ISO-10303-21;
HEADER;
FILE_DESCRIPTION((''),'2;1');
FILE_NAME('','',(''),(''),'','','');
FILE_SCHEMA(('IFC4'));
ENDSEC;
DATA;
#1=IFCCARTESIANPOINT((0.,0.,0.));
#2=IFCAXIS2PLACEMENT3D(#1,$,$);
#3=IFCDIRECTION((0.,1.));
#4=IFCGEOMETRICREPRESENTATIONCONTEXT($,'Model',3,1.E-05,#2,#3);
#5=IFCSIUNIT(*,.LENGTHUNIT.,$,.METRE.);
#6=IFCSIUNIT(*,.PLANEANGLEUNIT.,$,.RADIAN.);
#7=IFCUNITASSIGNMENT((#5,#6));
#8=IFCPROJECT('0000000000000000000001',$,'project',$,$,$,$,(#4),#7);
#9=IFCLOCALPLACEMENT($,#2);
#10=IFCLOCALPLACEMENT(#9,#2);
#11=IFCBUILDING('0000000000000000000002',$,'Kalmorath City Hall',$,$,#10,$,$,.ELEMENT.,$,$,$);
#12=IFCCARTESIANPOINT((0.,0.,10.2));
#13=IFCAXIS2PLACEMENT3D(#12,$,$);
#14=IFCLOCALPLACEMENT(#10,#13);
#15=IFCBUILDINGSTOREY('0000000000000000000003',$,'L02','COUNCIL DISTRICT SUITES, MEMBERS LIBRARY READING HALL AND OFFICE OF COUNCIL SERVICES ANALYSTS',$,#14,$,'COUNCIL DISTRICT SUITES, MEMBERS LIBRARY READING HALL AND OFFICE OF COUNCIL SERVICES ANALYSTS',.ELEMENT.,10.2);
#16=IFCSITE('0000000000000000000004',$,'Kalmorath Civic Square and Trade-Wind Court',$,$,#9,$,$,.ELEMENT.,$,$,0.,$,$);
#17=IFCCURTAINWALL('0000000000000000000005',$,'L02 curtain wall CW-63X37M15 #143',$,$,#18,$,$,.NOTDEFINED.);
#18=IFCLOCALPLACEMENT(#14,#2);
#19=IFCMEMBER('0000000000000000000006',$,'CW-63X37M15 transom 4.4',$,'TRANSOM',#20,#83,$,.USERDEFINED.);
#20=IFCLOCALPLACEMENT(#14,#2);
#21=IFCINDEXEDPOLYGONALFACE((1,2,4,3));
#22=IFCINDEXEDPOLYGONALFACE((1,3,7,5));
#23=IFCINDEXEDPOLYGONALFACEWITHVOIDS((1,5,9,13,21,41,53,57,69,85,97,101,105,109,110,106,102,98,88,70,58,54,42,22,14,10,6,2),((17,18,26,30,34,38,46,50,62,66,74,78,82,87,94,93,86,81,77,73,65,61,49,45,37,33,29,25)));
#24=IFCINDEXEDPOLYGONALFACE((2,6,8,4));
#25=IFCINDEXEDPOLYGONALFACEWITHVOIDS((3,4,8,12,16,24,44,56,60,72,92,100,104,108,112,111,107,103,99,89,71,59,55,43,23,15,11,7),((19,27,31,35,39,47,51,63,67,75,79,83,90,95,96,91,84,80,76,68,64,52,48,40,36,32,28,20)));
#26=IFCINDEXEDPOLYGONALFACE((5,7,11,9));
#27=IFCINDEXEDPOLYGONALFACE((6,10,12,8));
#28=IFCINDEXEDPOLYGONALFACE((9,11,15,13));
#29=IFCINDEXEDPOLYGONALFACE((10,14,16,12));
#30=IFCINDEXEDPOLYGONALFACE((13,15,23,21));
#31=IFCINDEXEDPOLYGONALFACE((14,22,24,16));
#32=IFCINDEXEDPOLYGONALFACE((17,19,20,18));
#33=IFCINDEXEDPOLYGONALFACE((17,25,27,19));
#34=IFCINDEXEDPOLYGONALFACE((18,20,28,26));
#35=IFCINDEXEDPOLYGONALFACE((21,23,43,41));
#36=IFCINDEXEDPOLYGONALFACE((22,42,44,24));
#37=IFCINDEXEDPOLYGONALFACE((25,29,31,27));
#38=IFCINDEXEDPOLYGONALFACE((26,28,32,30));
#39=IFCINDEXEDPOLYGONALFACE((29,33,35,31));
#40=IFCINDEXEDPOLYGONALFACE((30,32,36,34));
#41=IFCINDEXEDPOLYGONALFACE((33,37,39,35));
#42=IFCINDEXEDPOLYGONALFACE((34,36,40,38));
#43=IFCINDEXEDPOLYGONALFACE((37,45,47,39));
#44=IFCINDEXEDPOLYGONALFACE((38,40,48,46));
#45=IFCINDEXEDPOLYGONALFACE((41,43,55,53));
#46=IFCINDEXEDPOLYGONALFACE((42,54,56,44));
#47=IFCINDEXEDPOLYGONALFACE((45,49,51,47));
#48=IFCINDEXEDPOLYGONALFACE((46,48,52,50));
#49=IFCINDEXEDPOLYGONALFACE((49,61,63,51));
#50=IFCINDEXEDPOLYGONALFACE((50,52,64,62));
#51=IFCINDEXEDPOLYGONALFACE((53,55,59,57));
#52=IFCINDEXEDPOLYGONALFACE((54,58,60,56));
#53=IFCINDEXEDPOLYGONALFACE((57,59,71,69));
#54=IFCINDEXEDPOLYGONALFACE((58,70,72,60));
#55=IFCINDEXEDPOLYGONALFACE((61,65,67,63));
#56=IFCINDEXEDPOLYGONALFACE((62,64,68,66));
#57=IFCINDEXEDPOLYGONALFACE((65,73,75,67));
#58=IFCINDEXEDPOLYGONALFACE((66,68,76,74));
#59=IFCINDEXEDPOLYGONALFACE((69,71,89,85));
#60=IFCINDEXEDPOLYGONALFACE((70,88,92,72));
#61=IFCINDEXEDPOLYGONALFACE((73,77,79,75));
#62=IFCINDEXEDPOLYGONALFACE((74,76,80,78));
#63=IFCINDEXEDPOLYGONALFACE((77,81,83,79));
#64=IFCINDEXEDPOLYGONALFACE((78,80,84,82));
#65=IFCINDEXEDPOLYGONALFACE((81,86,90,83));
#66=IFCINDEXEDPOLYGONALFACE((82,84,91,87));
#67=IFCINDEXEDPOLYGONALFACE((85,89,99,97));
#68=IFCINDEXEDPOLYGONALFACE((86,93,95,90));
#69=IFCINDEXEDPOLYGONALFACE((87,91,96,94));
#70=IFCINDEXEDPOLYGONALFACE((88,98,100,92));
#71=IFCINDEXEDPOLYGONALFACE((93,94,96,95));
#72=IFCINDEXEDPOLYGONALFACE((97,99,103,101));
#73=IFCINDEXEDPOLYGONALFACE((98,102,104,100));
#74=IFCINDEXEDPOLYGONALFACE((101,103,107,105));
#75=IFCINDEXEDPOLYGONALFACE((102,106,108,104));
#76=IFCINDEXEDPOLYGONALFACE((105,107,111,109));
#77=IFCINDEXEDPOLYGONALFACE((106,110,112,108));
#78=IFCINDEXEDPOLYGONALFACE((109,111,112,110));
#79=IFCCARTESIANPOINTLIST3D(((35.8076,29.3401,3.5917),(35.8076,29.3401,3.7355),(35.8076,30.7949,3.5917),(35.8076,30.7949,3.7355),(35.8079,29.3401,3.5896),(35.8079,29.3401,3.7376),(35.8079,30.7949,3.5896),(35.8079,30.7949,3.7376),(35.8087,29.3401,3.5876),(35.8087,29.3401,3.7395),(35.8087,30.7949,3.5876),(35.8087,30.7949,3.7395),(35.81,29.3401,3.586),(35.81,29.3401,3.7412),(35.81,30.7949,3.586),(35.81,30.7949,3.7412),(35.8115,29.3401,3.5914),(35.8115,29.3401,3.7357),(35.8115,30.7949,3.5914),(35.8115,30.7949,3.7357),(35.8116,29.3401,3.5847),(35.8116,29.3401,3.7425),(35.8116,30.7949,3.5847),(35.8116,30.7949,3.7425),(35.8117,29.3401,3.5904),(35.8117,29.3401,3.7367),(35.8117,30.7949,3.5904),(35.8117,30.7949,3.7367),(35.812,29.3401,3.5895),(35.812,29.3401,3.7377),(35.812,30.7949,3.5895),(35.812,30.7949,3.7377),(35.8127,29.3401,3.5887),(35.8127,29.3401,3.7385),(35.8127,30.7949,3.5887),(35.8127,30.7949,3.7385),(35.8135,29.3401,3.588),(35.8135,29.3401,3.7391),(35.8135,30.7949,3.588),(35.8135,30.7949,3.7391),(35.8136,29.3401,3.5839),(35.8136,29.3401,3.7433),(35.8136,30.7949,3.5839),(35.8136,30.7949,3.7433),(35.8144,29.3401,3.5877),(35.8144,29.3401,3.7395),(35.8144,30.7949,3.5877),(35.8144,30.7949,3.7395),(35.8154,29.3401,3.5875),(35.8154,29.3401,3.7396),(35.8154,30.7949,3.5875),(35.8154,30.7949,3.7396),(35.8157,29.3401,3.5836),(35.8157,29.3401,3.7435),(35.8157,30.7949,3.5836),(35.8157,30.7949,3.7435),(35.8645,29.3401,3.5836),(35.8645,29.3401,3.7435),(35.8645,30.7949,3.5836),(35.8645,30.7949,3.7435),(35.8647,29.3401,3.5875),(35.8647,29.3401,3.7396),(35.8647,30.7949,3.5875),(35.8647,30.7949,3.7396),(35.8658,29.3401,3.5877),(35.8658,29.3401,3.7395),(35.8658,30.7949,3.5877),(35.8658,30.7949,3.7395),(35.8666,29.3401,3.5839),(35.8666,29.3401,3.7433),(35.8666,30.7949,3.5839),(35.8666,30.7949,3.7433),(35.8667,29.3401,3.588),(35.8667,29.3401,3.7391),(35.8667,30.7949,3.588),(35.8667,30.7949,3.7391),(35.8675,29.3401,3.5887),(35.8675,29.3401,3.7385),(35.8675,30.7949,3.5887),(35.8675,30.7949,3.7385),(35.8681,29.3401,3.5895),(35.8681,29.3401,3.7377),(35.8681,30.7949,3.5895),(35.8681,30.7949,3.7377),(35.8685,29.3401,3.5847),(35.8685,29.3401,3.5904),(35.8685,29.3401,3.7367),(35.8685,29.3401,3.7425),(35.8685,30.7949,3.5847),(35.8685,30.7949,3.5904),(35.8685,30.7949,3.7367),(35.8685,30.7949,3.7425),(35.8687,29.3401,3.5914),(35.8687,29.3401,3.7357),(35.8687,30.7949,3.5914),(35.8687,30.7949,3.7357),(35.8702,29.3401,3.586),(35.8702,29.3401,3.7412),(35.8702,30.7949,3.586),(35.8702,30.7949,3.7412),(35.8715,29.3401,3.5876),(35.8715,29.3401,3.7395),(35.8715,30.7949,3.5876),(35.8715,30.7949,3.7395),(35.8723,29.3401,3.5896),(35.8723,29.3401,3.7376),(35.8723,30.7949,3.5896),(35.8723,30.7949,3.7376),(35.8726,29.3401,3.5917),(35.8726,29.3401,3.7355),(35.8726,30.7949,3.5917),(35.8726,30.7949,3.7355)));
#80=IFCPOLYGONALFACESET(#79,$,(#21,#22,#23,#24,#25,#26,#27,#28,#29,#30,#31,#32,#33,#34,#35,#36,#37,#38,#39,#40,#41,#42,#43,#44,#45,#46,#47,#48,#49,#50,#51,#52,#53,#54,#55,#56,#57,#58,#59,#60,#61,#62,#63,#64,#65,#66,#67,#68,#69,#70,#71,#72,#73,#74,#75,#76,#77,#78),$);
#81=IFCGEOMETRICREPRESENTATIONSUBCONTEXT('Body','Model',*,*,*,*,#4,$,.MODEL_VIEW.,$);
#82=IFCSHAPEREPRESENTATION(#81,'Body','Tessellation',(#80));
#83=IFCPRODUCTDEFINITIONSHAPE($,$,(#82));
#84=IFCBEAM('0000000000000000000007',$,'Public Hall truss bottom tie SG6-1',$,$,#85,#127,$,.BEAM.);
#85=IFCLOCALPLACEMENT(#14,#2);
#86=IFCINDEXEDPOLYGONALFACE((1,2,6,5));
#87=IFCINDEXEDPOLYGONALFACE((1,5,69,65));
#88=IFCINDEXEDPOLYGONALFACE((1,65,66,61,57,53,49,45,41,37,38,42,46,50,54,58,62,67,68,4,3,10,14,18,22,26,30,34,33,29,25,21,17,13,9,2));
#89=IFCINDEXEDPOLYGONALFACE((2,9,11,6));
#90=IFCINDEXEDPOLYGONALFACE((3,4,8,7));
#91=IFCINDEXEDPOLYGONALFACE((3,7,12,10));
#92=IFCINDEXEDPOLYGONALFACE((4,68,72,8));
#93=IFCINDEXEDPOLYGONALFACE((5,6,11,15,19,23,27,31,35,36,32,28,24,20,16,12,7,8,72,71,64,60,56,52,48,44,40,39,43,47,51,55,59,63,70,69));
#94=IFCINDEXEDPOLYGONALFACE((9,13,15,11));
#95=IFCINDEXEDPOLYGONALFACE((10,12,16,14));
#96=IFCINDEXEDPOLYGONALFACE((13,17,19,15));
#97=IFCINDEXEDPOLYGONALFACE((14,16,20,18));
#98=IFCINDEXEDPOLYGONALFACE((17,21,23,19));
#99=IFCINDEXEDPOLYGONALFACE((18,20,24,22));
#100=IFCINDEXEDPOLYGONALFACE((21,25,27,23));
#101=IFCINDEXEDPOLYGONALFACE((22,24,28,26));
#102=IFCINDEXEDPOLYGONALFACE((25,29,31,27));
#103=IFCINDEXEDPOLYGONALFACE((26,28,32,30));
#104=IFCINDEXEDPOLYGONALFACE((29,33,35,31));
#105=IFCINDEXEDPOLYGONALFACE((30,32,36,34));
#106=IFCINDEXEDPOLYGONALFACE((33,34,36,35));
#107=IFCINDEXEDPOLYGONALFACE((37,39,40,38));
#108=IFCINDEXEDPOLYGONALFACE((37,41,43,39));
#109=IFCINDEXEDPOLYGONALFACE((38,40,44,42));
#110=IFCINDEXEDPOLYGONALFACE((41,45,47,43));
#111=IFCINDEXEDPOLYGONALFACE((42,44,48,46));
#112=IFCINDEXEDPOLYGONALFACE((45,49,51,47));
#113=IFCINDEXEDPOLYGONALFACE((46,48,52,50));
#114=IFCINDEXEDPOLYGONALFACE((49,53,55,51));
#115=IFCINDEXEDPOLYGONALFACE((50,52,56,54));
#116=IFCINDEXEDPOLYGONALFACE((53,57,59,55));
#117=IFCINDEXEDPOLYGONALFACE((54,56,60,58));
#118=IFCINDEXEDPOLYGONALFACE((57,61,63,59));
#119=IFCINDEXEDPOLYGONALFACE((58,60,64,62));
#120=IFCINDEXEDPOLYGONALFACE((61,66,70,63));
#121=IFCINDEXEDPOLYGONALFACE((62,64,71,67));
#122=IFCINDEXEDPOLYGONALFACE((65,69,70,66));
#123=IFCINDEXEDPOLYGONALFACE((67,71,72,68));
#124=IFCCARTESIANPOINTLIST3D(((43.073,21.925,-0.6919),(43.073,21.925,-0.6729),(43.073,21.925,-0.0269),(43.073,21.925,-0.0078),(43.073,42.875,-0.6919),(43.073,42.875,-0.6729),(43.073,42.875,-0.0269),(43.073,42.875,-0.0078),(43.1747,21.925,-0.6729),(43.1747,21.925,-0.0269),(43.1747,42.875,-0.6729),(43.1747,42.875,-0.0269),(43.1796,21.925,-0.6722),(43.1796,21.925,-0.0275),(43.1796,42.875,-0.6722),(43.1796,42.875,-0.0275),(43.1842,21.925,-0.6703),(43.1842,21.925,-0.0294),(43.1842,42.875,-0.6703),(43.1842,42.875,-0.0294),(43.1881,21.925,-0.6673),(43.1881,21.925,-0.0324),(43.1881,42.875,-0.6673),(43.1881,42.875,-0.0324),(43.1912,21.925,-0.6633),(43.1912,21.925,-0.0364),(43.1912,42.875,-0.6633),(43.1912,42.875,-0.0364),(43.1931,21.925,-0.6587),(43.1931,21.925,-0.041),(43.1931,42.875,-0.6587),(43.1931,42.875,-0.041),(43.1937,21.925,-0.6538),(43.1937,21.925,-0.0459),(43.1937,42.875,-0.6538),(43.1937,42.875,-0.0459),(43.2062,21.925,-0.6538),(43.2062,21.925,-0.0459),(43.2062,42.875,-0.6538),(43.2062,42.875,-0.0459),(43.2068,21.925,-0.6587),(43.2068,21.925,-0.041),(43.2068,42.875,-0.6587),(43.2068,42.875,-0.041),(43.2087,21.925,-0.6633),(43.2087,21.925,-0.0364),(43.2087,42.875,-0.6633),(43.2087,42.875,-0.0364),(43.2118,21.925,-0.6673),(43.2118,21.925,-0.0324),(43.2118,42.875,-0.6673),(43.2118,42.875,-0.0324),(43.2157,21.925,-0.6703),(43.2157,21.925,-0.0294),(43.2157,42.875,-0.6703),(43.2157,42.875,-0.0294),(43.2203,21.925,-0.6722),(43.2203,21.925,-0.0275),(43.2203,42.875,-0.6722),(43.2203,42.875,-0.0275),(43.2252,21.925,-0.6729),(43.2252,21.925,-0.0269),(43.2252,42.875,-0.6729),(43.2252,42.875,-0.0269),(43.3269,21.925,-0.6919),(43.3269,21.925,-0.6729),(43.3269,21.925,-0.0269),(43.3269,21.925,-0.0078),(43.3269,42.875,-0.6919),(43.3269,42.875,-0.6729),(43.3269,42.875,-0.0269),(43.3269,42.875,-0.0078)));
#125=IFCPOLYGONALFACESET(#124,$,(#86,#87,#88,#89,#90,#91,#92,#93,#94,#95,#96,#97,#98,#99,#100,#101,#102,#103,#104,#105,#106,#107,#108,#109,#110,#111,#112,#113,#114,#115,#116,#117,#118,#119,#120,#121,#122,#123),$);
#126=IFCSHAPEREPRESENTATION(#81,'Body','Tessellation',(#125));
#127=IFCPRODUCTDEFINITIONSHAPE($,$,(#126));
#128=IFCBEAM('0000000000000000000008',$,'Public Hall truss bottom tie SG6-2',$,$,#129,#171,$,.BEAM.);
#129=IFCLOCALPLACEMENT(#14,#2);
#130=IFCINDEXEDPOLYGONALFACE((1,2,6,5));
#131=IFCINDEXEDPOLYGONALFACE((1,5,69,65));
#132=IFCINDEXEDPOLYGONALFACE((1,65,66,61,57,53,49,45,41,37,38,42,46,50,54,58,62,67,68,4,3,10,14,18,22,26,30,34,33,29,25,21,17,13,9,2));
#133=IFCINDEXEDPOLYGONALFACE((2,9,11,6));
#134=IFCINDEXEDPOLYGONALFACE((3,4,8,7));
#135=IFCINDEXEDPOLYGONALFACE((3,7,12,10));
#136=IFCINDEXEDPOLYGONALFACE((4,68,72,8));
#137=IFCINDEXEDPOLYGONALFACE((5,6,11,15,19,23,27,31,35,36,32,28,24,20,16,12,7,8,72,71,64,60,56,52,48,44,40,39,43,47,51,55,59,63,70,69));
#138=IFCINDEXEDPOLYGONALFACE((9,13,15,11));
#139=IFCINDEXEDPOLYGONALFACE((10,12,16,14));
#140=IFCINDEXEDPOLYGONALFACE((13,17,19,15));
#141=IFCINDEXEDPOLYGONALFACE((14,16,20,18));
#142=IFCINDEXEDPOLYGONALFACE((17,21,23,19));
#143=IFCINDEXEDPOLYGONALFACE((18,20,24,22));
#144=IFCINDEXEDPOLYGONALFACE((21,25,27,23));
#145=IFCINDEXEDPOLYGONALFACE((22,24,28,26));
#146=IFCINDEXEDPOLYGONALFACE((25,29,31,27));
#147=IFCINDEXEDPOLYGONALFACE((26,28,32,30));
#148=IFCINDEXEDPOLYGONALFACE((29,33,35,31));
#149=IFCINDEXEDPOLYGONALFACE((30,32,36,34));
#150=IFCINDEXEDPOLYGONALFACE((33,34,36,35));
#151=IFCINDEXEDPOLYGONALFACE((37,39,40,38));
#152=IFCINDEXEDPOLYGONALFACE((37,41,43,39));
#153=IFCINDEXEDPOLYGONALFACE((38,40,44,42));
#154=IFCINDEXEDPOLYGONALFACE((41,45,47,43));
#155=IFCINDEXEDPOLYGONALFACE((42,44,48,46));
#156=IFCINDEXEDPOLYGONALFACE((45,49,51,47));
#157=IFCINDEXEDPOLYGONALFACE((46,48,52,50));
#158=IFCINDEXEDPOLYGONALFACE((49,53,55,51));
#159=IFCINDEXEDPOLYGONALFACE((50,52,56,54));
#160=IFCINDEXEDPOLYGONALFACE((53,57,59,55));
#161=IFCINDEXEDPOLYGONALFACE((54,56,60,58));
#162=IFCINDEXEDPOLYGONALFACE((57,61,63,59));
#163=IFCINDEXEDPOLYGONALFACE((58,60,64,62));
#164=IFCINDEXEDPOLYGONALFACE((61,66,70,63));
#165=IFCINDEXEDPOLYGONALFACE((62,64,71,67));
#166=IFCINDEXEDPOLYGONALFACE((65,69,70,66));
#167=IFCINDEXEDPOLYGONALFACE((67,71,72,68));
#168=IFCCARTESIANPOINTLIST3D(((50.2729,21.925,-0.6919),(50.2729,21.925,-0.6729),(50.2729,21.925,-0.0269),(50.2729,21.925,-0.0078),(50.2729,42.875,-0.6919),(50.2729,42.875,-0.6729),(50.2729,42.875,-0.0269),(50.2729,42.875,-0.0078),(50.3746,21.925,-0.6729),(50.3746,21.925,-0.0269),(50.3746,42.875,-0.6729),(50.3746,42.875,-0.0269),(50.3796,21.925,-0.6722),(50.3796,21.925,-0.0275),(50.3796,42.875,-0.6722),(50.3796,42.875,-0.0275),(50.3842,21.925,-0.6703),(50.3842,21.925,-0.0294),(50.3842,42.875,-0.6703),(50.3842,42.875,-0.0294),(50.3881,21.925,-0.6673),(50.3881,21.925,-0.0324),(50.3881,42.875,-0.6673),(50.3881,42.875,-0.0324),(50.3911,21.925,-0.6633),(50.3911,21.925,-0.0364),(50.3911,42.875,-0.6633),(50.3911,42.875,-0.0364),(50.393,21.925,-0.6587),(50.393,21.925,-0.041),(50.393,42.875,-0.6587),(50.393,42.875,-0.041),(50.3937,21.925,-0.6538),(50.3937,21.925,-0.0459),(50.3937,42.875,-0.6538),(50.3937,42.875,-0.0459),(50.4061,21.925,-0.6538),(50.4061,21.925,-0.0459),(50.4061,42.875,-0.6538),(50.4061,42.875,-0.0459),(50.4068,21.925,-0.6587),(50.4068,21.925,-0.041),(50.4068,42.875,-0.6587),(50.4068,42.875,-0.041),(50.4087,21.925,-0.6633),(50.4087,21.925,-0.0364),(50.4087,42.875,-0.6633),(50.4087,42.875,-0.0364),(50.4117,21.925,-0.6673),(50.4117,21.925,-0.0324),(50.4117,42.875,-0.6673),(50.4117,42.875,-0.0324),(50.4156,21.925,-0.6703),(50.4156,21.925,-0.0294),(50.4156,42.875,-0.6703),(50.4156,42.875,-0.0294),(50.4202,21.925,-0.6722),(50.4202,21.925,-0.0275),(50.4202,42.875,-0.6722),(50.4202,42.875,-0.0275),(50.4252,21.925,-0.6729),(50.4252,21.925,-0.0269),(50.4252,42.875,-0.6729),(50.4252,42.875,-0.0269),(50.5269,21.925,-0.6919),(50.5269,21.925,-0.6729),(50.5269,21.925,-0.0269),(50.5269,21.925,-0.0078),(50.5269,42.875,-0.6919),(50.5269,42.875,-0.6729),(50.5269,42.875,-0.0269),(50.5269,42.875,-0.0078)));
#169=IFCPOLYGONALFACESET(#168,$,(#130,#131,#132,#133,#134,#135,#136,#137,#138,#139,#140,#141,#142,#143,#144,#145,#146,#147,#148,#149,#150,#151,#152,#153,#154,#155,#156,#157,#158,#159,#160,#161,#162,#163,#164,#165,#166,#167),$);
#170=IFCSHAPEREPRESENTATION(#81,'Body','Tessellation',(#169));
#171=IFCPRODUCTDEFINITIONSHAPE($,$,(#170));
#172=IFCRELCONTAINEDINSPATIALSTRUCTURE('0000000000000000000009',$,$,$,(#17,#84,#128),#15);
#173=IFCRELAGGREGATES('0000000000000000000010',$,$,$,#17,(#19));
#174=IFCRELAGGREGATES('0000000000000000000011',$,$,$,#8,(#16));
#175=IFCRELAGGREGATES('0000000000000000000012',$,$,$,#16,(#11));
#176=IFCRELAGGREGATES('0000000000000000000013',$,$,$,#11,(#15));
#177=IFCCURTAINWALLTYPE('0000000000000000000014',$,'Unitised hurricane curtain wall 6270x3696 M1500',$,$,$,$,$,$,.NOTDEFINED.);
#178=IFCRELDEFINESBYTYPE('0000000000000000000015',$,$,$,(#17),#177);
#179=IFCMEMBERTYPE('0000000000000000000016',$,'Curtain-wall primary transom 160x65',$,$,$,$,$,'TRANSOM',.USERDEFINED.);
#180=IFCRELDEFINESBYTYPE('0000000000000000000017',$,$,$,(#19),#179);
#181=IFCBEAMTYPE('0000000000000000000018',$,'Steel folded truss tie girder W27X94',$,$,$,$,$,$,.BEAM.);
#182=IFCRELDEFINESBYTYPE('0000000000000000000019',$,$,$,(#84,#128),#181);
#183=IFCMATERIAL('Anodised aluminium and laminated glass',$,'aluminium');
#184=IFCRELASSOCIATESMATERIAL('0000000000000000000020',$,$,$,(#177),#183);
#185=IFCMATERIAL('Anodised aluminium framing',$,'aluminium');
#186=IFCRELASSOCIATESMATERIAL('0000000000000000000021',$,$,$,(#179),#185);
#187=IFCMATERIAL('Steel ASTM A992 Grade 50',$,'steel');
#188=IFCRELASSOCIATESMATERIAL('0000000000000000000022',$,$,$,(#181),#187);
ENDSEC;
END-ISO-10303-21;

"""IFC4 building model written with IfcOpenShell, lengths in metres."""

from ifc_helpers import new_model, si_unit, direction, frame, origin, origin_2d, place, context, subcontext, project, spatial, hollow_rectangle, i_section, extrude, material, material_profile, profile_set, type_object, element, aggregate, save


model = new_model("IFC4")

# Units and contexts
model_context = context("Model", 3, precision=1e-05, world=origin(), true_north=direction((0.0, 1.0)))
body_context = subcontext(model_context, "Body", "Model", "MODEL_VIEW")
ifc_project = project(units=[si_unit("LENGTHUNIT", "METRE"), si_unit("PLANEANGLEUNIT", "RADIAN")], contexts=[model_context])

# Site, building, storey
site_placement = place(None, origin())
site = spatial("IfcSite", under=ifc_project, at=site_placement, Name="Kalmorath Civic Square and Trade-Wind Court", CompositionType="ELEMENT", RefElevation=0.0)
building_placement = place(site_placement, origin())
building = spatial("IfcBuilding", under=site, at=building_placement, Name="Kalmorath City Hall", CompositionType="ELEMENT")
storey_placement = place(building_placement, frame((0.0, 0.0, 10.2)))
storey = spatial("IfcBuildingStorey", under=building, at=storey_placement, Name="L02", Description="COUNCIL DISTRICT SUITES, MEMBERS LIBRARY READING HALL AND OFFICE OF COUNCIL SERVICES ANALYSTS", LongName="COUNCIL DISTRICT SUITES, MEMBERS LIBRARY READING HALL AND OFFICE OF COUNCIL SERVICES ANALYSTS", CompositionType="ELEMENT", Elevation=10.2)

# Curtain wall
ifc_material_1 = material(Name="Anodised aluminium and laminated glass", Category="aluminium")
curtain_wall_type_1 = type_object("IfcCurtainWallType", Name="Unitised hurricane curtain wall 6270x3696 M1500", PredefinedType="NOTDEFINED", material=ifc_material_1)
curtain_wall_1_placement = place(storey_placement, origin())
curtain_wall_1 = element("IfcCurtainWall", 1, at=curtain_wall_1_placement, inside=storey, type_object=curtain_wall_type_1, Name="L02 curtain wall CW-63X37M15 #143", PredefinedType="NOTDEFINED")

# Member
ifc_material_2 = material(Name="Anodised aluminium framing", Category="aluminium")
ifc_material_profile_1 = material_profile(ifc_material_2, hollow_rectangle(XDim=0.0649, YDim=0.1599, WallThickness=0.0039, InnerFilletRadius=0.0039, OuterFilletRadius=0.0081, at=origin_2d()), Name="ALU-TRN-160X65X4")
ifc_profile_set_1 = profile_set([ifc_material_profile_1], Name="Anodised aluminium framing")
member_type_1 = type_object("IfcMemberType", Name="Curtain-wall primary transom 160x65", ElementType="TRANSOM", PredefinedType="USERDEFINED", material=ifc_profile_set_1)
member_1_placement = place(storey_placement, frame((35.8401, 30.7949, 3.6636), z_axis=(0.0, -1.0, 0.0), x_axis=(1.0, 0.0, 0.0)))
member_1 = element("IfcMember", 2, at=member_1_placement, type_object=member_type_1, Name="CW-63X37M15 transom 4.4", ObjectType="TRANSOM", PredefinedType="USERDEFINED", context=body_context, shape_type="SweptSolid", body=[
    extrude(hollow_rectangle(XDim=0.0649, YDim=0.1599, WallThickness=0.0039, InnerFilletRadius=0.0039, OuterFilletRadius=0.0081, at=origin_2d()), origin(), (0.0, 0.0, 1.0), 1.4548),
])

# Beams
ifc_material_3 = material(Name="Steel ASTM A992 Grade 50", Category="steel")
ifc_material_profile_2 = material_profile(ifc_material_3, i_section(OverallWidth=0.2539, OverallDepth=0.6841, WebThickness=0.0125, FlangeThickness=0.019, FilletRadius=0.019, at=origin_2d()), Name="W27X94")
ifc_profile_set_2 = profile_set([ifc_material_profile_2], Name="Steel ASTM A992 Grade 50")
beam_type_1 = type_object("IfcBeamType", Name="Steel folded truss tie girder W27X94", PredefinedType="BEAM", material=ifc_profile_set_2)
for number, where, z_axis, x_axis, name in (
    (3, (43.2, 21.925, -0.3499), (0.0, 1.0, 0.0), (-1.0, 0.0, 0.0), "Public Hall truss bottom tie SG6-1"),
    (4, (50.3999, 21.925, -0.3499), (0.0, 1.0, 0.0), (-1.0, 0.0, 0.0), "Public Hall truss bottom tie SG6-2"),
):
    element("IfcBeam", number, at=place(storey_placement, frame(where, z_axis=z_axis, x_axis=x_axis)), inside=storey, type_object=beam_type_1, Name=name, PredefinedType="BEAM", context=body_context, shape_type="SweptSolid", body=[
        extrude(i_section(OverallWidth=0.2539, OverallDepth=0.6841, WebThickness=0.0125, FlangeThickness=0.019, FilletRadius=0.019, at=origin_2d()), origin(), (0.0, 0.0, 1.0), 20.95),
    ])

aggregate(curtain_wall_1, [member_1])

save(model, "model.ifc")
